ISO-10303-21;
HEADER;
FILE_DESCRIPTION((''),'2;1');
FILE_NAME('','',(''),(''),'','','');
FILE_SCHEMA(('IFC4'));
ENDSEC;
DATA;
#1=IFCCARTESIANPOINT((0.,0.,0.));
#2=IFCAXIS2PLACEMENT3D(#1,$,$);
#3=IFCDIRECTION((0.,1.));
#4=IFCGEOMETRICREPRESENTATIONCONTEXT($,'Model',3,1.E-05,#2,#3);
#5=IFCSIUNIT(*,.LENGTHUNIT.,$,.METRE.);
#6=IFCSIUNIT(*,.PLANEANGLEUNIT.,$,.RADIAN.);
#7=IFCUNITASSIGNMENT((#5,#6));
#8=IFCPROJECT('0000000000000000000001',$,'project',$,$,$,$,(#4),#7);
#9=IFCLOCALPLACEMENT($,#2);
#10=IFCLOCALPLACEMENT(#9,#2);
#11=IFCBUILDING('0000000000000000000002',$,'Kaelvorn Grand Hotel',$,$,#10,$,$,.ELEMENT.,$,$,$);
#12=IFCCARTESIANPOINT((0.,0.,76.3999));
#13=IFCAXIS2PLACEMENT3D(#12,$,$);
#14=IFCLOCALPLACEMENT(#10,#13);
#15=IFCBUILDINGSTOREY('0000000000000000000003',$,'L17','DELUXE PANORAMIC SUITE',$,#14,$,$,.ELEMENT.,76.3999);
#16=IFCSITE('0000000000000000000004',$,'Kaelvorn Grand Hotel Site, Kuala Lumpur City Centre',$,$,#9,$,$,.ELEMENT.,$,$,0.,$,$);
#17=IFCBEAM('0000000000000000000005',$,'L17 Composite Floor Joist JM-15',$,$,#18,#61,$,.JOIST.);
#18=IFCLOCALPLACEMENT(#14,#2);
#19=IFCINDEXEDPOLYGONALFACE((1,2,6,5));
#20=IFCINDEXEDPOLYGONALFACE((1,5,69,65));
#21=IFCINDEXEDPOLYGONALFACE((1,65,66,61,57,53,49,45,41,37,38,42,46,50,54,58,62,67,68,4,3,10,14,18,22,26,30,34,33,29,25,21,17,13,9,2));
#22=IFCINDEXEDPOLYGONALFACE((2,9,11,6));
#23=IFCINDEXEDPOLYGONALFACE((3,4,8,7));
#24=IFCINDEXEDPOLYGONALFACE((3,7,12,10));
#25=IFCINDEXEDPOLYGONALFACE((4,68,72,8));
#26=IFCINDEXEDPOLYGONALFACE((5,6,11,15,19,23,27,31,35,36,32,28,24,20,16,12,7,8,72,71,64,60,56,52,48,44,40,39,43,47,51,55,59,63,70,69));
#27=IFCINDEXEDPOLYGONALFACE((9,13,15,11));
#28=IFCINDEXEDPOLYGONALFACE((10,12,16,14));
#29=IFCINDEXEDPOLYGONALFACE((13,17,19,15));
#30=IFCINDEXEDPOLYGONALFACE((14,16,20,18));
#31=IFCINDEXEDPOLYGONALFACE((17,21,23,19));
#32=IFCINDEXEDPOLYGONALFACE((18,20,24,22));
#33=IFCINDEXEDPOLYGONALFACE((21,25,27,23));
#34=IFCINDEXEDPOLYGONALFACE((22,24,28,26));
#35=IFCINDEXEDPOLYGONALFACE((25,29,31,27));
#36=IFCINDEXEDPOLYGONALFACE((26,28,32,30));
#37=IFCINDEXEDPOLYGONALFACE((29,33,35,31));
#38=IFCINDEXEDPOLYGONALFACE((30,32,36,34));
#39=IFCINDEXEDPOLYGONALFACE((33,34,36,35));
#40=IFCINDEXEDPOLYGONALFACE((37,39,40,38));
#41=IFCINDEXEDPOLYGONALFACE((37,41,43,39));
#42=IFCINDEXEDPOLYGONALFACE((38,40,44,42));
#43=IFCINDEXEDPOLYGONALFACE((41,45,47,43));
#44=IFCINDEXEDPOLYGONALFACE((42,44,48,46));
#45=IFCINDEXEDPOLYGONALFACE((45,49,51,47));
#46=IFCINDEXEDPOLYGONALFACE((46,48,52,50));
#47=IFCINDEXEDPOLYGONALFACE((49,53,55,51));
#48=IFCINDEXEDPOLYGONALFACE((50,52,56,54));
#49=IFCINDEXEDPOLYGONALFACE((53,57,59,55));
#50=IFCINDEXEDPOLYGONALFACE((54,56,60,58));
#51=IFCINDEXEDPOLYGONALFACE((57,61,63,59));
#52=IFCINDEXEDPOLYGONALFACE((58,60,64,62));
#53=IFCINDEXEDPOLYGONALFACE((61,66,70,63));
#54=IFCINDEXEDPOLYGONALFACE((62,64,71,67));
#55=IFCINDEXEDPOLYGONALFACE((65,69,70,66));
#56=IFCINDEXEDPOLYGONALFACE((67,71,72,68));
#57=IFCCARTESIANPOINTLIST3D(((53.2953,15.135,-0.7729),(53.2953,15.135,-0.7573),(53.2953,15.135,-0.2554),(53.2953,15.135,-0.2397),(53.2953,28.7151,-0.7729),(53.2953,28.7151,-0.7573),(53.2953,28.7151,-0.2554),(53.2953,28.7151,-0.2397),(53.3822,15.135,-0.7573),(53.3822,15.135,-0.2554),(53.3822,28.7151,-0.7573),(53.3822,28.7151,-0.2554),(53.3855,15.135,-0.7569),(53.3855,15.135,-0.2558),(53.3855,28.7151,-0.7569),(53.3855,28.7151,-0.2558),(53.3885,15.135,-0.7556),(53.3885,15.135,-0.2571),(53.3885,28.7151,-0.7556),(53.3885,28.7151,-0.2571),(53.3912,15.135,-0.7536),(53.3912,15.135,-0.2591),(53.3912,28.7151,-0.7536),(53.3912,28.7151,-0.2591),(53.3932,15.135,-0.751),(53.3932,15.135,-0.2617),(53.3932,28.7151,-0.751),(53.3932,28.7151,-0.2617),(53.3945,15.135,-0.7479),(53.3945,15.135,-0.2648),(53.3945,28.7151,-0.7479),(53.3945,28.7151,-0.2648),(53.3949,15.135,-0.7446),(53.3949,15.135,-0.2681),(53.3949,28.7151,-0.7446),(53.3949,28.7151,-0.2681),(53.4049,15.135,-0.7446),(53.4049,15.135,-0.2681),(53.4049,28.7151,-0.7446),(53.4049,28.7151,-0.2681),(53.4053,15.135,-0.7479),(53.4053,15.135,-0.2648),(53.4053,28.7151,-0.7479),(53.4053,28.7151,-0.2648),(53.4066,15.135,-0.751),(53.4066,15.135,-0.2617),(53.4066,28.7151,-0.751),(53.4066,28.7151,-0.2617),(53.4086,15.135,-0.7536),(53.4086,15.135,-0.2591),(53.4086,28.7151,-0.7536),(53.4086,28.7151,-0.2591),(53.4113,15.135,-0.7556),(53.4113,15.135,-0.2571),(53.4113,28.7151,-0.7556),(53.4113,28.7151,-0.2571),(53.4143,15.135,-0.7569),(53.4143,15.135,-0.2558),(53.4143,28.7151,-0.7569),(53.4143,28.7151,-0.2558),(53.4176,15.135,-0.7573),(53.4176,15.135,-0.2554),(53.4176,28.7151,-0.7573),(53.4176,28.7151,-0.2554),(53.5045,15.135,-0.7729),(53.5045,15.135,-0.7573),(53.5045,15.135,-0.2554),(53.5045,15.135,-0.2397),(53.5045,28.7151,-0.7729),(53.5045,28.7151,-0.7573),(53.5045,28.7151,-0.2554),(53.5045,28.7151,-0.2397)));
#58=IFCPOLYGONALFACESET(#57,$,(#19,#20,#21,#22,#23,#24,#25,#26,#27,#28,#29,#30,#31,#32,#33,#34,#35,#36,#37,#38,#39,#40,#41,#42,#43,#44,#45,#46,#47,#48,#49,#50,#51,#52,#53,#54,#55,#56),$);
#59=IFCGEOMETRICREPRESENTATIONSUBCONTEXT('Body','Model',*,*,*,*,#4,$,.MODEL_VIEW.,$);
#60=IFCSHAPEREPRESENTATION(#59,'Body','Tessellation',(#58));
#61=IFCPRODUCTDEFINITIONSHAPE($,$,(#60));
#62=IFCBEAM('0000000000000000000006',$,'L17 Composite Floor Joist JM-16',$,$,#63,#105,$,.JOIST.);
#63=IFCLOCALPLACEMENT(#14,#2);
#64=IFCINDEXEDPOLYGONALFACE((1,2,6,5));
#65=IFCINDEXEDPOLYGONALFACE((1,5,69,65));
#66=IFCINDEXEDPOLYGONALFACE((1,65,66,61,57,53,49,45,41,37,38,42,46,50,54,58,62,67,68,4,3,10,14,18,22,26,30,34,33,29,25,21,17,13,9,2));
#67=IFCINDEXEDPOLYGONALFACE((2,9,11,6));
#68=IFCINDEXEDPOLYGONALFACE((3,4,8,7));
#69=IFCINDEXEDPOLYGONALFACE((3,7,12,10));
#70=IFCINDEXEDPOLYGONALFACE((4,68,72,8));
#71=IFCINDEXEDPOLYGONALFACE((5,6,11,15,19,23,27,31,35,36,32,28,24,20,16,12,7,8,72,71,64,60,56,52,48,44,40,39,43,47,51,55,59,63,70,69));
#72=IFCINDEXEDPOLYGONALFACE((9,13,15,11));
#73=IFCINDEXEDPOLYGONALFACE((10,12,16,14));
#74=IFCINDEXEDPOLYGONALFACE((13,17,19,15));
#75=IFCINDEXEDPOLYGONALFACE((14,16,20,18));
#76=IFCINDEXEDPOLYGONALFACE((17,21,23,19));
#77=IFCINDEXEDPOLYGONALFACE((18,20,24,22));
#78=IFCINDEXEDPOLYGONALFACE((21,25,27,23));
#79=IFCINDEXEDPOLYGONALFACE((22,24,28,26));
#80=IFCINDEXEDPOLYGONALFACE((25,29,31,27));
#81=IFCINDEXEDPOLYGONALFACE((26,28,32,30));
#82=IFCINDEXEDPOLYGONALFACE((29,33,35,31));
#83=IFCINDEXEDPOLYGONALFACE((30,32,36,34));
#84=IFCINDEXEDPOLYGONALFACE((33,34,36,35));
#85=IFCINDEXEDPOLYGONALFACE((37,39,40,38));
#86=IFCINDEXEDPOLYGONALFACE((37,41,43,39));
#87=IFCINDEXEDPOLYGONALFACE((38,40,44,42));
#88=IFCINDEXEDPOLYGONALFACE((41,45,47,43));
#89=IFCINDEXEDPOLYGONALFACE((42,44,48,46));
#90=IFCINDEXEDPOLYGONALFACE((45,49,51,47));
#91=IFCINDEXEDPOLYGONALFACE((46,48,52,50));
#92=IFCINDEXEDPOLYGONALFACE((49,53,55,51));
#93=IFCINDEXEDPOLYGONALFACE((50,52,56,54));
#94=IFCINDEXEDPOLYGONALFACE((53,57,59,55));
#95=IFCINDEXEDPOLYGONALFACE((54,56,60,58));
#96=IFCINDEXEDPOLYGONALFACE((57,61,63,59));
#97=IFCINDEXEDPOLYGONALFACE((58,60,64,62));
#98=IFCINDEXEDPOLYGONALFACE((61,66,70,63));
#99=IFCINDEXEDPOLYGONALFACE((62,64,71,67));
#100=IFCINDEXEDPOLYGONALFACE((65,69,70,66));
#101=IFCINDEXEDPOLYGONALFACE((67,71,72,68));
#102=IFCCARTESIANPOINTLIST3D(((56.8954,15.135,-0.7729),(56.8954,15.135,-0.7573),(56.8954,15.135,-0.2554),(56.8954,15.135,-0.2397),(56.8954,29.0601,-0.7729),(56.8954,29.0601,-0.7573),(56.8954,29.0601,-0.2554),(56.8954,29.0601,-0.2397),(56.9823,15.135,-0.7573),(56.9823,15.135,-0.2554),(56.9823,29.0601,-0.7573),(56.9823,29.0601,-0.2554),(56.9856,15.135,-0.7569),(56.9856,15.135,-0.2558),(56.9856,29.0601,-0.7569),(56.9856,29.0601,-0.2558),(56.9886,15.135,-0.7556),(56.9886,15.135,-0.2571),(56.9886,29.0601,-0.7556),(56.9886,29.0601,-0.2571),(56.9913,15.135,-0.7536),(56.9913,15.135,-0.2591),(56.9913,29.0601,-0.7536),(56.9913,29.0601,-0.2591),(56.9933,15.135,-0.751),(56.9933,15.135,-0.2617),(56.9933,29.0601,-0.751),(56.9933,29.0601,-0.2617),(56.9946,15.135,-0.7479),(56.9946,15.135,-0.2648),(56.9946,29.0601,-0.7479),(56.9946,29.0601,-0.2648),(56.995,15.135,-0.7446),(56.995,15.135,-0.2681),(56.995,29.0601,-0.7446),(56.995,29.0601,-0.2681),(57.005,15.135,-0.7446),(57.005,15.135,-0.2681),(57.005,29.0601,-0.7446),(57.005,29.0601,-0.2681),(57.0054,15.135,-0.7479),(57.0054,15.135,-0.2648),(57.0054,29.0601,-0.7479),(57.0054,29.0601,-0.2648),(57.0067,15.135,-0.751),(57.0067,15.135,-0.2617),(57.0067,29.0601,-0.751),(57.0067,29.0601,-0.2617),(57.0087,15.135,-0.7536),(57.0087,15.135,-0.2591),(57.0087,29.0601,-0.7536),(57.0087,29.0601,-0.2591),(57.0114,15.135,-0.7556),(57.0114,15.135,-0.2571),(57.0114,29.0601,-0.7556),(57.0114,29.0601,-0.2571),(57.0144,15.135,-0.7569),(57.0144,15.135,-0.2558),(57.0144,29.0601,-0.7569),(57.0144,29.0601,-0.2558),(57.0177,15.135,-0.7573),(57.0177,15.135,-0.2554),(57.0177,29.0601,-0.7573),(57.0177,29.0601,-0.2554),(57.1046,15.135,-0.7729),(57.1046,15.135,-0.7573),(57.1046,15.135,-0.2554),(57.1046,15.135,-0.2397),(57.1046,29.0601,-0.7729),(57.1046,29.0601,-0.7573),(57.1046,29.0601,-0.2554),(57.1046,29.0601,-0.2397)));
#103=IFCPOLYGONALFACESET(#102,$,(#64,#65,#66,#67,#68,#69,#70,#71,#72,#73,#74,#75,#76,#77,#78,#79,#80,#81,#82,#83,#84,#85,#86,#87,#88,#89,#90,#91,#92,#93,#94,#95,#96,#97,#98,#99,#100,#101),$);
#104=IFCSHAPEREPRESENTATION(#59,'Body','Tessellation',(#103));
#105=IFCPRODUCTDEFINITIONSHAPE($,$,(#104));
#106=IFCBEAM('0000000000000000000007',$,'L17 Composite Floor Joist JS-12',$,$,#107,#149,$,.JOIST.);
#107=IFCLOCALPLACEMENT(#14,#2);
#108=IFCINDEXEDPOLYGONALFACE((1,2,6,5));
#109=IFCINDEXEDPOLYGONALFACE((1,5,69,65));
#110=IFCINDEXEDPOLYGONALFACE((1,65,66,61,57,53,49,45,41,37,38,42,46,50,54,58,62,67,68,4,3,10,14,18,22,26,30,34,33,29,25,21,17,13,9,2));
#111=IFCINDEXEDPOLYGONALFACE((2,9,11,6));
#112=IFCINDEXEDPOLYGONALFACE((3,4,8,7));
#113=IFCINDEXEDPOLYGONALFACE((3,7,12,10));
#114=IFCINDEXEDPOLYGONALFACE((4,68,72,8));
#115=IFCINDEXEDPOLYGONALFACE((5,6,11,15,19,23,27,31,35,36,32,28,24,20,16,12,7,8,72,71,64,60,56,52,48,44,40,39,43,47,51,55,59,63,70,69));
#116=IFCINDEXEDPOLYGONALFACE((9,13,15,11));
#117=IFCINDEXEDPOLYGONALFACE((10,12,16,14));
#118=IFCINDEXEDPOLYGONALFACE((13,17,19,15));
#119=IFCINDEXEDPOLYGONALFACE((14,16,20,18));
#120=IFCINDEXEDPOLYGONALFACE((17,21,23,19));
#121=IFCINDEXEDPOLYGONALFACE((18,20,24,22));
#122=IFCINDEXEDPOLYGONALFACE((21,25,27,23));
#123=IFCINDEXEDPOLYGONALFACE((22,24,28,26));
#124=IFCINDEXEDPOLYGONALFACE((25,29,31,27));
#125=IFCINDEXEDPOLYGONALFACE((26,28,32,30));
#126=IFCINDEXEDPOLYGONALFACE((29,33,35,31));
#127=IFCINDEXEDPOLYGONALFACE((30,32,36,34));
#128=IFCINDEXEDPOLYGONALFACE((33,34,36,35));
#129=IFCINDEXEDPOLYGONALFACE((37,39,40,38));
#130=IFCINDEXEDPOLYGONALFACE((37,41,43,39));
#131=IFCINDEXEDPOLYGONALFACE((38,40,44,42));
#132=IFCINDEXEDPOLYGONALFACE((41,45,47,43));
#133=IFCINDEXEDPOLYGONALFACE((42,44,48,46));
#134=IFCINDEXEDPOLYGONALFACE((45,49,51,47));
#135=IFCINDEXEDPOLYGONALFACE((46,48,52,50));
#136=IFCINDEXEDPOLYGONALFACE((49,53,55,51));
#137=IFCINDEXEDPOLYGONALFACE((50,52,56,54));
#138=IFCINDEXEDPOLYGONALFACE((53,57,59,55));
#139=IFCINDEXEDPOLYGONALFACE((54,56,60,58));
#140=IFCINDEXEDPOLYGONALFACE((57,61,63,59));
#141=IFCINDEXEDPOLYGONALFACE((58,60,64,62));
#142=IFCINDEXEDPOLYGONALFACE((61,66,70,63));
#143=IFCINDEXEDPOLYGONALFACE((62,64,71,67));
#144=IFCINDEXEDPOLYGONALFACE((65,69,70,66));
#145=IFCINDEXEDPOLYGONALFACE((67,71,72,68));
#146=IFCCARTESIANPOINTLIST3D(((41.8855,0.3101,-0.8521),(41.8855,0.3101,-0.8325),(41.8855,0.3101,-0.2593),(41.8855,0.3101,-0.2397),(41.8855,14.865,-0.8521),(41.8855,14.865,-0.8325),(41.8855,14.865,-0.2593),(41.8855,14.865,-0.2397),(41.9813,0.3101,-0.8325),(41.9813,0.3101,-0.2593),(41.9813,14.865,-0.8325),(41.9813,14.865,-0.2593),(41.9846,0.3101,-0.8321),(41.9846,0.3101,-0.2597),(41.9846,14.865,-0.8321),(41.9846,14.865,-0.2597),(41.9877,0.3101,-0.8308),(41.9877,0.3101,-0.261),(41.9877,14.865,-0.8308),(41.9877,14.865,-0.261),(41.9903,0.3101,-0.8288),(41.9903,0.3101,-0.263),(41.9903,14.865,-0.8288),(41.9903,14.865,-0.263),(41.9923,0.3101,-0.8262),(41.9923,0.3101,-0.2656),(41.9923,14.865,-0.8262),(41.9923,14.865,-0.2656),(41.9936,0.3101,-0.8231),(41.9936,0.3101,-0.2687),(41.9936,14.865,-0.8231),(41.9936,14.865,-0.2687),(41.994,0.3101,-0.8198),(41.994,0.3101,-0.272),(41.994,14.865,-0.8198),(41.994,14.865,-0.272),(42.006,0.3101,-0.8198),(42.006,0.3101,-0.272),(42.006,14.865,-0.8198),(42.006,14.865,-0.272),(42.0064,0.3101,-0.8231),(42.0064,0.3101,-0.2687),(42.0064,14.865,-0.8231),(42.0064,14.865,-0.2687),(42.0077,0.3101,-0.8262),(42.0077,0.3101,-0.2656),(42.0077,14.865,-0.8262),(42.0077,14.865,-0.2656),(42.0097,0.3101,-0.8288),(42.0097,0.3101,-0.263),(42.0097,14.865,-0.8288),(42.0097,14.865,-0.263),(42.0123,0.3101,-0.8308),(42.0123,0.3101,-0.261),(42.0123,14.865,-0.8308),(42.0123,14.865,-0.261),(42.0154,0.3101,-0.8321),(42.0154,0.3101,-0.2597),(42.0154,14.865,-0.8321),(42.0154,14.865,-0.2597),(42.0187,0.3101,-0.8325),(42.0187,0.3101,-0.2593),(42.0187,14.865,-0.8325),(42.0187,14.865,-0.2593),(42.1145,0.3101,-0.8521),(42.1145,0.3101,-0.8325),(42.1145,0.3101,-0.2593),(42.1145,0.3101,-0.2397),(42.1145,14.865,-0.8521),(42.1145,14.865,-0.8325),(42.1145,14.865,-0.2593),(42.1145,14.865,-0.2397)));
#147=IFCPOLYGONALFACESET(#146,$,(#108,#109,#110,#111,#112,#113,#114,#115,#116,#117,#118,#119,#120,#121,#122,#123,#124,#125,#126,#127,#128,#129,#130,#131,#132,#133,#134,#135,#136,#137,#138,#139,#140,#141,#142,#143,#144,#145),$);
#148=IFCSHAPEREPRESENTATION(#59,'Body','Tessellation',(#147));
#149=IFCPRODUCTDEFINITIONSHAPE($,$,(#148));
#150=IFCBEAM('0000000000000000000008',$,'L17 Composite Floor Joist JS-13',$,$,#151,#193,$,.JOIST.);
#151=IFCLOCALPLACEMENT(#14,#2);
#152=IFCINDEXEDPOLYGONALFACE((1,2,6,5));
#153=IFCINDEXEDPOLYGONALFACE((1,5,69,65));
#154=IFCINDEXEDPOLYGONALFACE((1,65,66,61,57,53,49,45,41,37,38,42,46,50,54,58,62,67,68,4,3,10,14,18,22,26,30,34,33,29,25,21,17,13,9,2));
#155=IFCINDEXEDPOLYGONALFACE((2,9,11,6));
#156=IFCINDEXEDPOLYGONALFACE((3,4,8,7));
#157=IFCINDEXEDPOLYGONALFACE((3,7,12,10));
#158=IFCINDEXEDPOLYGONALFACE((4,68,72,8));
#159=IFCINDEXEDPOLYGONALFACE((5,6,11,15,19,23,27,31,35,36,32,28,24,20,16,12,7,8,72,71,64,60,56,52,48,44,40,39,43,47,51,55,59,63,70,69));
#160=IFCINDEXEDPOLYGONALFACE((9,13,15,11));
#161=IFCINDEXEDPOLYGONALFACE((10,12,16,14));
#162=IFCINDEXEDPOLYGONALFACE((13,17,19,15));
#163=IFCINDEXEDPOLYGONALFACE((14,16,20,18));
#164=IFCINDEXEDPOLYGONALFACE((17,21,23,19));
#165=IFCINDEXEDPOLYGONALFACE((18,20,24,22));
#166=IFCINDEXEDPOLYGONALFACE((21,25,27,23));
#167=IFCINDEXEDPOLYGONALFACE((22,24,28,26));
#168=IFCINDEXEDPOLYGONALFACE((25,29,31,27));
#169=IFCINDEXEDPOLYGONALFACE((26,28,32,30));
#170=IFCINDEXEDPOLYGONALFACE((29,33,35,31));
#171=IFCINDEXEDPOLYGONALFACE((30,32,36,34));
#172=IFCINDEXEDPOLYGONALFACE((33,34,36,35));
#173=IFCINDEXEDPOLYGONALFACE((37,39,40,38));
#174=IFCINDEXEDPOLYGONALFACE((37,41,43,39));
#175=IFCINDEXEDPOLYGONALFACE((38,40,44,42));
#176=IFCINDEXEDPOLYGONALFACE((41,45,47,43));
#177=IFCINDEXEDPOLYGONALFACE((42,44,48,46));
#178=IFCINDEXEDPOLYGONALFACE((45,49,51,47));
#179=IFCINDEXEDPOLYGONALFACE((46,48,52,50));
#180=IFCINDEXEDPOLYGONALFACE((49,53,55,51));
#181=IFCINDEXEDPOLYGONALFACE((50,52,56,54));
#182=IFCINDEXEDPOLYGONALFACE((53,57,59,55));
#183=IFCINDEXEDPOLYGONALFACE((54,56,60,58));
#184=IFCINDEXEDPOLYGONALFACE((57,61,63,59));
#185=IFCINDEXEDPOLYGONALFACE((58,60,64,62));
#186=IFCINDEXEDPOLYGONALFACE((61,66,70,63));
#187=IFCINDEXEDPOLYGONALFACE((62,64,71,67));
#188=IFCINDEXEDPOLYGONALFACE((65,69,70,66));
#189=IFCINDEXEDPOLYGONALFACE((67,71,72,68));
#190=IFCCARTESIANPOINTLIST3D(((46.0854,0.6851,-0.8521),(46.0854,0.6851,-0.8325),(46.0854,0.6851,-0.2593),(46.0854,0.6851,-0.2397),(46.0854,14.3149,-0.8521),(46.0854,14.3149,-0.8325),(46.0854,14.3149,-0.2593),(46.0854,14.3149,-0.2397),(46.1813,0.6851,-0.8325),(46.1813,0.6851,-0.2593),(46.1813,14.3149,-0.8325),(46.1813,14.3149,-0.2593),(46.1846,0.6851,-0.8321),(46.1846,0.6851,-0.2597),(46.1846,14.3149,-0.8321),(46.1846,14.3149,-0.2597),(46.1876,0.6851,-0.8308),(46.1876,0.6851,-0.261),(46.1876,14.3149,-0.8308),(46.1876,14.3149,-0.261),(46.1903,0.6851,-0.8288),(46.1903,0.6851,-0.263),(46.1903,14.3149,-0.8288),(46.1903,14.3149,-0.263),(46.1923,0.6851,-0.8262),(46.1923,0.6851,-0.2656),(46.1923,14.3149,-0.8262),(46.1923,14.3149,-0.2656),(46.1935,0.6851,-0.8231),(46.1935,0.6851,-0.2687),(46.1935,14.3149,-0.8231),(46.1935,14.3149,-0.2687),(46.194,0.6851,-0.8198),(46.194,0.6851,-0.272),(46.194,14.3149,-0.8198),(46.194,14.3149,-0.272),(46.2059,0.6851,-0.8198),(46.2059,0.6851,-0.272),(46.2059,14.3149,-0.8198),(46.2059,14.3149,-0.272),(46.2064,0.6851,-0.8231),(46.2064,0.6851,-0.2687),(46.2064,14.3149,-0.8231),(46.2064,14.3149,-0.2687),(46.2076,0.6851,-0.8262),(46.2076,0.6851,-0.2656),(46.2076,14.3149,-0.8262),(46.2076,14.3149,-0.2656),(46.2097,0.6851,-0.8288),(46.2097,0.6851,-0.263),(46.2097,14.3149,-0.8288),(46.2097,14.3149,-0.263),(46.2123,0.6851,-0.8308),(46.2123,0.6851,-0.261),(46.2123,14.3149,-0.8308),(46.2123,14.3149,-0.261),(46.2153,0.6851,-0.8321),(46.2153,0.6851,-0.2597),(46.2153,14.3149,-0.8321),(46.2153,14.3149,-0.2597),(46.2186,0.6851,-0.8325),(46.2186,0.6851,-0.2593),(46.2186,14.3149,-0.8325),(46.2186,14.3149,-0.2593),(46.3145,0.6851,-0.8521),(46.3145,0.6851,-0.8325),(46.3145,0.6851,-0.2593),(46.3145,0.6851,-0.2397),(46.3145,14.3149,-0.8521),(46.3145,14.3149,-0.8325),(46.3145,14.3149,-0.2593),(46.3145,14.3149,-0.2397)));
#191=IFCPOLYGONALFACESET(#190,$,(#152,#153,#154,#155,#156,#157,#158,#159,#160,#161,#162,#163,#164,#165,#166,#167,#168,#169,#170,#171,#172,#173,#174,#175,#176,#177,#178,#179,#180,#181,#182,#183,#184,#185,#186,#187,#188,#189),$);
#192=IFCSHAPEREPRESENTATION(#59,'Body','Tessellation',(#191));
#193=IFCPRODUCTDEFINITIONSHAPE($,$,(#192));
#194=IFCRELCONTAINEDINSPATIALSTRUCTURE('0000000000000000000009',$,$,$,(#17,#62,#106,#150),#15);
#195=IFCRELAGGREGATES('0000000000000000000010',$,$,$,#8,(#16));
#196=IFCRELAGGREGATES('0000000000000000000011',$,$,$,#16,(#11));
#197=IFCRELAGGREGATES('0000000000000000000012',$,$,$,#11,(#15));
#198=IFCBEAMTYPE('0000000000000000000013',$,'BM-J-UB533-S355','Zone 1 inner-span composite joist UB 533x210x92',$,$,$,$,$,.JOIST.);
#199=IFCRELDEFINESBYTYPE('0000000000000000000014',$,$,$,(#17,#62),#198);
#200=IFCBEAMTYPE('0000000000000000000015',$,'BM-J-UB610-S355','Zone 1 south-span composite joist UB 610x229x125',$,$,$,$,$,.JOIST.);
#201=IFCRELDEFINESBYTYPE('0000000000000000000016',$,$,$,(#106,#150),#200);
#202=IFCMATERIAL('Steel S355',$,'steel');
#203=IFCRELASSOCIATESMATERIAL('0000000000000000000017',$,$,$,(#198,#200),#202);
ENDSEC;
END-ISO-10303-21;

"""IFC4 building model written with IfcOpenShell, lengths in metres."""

from ifc_helpers import new_model, si_unit, direction, frame, origin, origin_2d, place, context, subcontext, project, spatial, i_section, extrude, material, material_profile, profile_set, type_object, element, save


model = new_model("IFC4")

# Units and contexts
model_context = context("Model", 3, precision=1e-05, world=origin(), true_north=direction((0.0, 1.0)))
body_context = subcontext(model_context, "Body", "Model", "MODEL_VIEW")
ifc_project = project(units=[si_unit("LENGTHUNIT", "METRE"), si_unit("PLANEANGLEUNIT", "RADIAN")], contexts=[model_context])

# Site, building, storey
site_placement = place(None, origin())
site = spatial("IfcSite", under=ifc_project, at=site_placement, Name="Kaelvorn Grand Hotel Site, Kuala Lumpur City Centre", CompositionType="ELEMENT", RefElevation=0.0)
building_placement = place(site_placement, origin())
building = spatial("IfcBuilding", under=site, at=building_placement, Name="Kaelvorn Grand Hotel", CompositionType="ELEMENT")
storey_placement = place(building_placement, frame((0.0, 0.0, 76.3999)))
storey = spatial("IfcBuildingStorey", under=building, at=storey_placement, Name="L17", Description="DELUXE PANORAMIC SUITE", CompositionType="ELEMENT", Elevation=76.3999)

# Beams
ifc_material_1 = material(Name="Steel S355", Category="steel")
ifc_material_profile_1 = material_profile(ifc_material_1, i_section(OverallWidth=0.2092, OverallDepth=0.5332, WebThickness=0.01, FlangeThickness=0.0156, FilletRadius=0.0127, at=origin_2d()), Name="UB 533x210x92")
ifc_profile_set_1 = profile_set([ifc_material_profile_1], Name="Steel S355")
beam_type_1 = type_object("IfcBeamType", Name="BM-J-UB533-S355", Description="Zone 1 inner-span composite joist UB 533x210x92", PredefinedType="JOIST", material=ifc_profile_set_1)
beam_1_placement = place(storey_placement, frame((53.3999, 15.135, -0.5063), z_axis=(0.0, 1.0, 0.0), x_axis=(-1.0, 0.0, 0.0)))
element("IfcBeam", 1, at=beam_1_placement, inside=storey, type_object=beam_type_1, Name="L17 Composite Floor Joist JM-15", PredefinedType="JOIST", context=body_context, shape_type="SweptSolid", body=[
    extrude(i_section(OverallWidth=0.2092, OverallDepth=0.5332, WebThickness=0.01, FlangeThickness=0.0156, FilletRadius=0.0127, at=origin_2d()), origin(), (0.0, 0.0, 1.0), 13.5801),
])
beam_2_placement = place(storey_placement, frame((57.0, 15.135, -0.5063), z_axis=(0.0, 1.0, 0.0), x_axis=(-1.0, 0.0, 0.0)))
element("IfcBeam", 2, at=beam_2_placement, inside=storey, type_object=beam_type_1, Name="L17 Composite Floor Joist JM-16", PredefinedType="JOIST", context=body_context, shape_type="SweptSolid", body=[
    extrude(i_section(OverallWidth=0.2092, OverallDepth=0.5332, WebThickness=0.01, FlangeThickness=0.0156, FilletRadius=0.0127, at=origin_2d()), origin(), (0.0, 0.0, 1.0), 13.925),
])
ifc_material_profile_2 = material_profile(ifc_material_1, i_section(OverallWidth=0.229, OverallDepth=0.6123, WebThickness=0.012, FlangeThickness=0.0195, FilletRadius=0.0127, at=origin_2d()), Name="UB 610x229x125")
ifc_profile_set_2 = profile_set([ifc_material_profile_2], Name="Steel S355")
beam_type_2 = type_object("IfcBeamType", Name="BM-J-UB610-S355", Description="Zone 1 south-span composite joist UB 610x229x125", PredefinedType="JOIST", material=ifc_profile_set_2)
beam_3_placement = place(storey_placement, frame((42.0, 0.3101, -0.5459), z_axis=(0.0, 1.0, 0.0), x_axis=(-1.0, 0.0, 0.0)))
element("IfcBeam", 3, at=beam_3_placement, inside=storey, type_object=beam_type_2, Name="L17 Composite Floor Joist JS-12", PredefinedType="JOIST", context=body_context, shape_type="SweptSolid", body=[
    extrude(i_section(OverallWidth=0.229, OverallDepth=0.6123, WebThickness=0.012, FlangeThickness=0.0195, FilletRadius=0.0127, at=origin_2d()), origin(), (0.0, 0.0, 1.0), 14.5549),
])
beam_4_placement = place(storey_placement, frame((46.2, 0.6851, -0.5459), z_axis=(0.0, 1.0, 0.0), x_axis=(-1.0, 0.0, 0.0)))
element("IfcBeam", 4, at=beam_4_placement, inside=storey, type_object=beam_type_2, Name="L17 Composite Floor Joist JS-13", PredefinedType="JOIST", context=body_context, shape_type="SweptSolid", body=[
    extrude(i_section(OverallWidth=0.229, OverallDepth=0.6123, WebThickness=0.012, FlangeThickness=0.0195, FilletRadius=0.0127, at=origin_2d()), origin(), (0.0, 0.0, 1.0), 13.6299),
])

save(model, "model.ifc")
